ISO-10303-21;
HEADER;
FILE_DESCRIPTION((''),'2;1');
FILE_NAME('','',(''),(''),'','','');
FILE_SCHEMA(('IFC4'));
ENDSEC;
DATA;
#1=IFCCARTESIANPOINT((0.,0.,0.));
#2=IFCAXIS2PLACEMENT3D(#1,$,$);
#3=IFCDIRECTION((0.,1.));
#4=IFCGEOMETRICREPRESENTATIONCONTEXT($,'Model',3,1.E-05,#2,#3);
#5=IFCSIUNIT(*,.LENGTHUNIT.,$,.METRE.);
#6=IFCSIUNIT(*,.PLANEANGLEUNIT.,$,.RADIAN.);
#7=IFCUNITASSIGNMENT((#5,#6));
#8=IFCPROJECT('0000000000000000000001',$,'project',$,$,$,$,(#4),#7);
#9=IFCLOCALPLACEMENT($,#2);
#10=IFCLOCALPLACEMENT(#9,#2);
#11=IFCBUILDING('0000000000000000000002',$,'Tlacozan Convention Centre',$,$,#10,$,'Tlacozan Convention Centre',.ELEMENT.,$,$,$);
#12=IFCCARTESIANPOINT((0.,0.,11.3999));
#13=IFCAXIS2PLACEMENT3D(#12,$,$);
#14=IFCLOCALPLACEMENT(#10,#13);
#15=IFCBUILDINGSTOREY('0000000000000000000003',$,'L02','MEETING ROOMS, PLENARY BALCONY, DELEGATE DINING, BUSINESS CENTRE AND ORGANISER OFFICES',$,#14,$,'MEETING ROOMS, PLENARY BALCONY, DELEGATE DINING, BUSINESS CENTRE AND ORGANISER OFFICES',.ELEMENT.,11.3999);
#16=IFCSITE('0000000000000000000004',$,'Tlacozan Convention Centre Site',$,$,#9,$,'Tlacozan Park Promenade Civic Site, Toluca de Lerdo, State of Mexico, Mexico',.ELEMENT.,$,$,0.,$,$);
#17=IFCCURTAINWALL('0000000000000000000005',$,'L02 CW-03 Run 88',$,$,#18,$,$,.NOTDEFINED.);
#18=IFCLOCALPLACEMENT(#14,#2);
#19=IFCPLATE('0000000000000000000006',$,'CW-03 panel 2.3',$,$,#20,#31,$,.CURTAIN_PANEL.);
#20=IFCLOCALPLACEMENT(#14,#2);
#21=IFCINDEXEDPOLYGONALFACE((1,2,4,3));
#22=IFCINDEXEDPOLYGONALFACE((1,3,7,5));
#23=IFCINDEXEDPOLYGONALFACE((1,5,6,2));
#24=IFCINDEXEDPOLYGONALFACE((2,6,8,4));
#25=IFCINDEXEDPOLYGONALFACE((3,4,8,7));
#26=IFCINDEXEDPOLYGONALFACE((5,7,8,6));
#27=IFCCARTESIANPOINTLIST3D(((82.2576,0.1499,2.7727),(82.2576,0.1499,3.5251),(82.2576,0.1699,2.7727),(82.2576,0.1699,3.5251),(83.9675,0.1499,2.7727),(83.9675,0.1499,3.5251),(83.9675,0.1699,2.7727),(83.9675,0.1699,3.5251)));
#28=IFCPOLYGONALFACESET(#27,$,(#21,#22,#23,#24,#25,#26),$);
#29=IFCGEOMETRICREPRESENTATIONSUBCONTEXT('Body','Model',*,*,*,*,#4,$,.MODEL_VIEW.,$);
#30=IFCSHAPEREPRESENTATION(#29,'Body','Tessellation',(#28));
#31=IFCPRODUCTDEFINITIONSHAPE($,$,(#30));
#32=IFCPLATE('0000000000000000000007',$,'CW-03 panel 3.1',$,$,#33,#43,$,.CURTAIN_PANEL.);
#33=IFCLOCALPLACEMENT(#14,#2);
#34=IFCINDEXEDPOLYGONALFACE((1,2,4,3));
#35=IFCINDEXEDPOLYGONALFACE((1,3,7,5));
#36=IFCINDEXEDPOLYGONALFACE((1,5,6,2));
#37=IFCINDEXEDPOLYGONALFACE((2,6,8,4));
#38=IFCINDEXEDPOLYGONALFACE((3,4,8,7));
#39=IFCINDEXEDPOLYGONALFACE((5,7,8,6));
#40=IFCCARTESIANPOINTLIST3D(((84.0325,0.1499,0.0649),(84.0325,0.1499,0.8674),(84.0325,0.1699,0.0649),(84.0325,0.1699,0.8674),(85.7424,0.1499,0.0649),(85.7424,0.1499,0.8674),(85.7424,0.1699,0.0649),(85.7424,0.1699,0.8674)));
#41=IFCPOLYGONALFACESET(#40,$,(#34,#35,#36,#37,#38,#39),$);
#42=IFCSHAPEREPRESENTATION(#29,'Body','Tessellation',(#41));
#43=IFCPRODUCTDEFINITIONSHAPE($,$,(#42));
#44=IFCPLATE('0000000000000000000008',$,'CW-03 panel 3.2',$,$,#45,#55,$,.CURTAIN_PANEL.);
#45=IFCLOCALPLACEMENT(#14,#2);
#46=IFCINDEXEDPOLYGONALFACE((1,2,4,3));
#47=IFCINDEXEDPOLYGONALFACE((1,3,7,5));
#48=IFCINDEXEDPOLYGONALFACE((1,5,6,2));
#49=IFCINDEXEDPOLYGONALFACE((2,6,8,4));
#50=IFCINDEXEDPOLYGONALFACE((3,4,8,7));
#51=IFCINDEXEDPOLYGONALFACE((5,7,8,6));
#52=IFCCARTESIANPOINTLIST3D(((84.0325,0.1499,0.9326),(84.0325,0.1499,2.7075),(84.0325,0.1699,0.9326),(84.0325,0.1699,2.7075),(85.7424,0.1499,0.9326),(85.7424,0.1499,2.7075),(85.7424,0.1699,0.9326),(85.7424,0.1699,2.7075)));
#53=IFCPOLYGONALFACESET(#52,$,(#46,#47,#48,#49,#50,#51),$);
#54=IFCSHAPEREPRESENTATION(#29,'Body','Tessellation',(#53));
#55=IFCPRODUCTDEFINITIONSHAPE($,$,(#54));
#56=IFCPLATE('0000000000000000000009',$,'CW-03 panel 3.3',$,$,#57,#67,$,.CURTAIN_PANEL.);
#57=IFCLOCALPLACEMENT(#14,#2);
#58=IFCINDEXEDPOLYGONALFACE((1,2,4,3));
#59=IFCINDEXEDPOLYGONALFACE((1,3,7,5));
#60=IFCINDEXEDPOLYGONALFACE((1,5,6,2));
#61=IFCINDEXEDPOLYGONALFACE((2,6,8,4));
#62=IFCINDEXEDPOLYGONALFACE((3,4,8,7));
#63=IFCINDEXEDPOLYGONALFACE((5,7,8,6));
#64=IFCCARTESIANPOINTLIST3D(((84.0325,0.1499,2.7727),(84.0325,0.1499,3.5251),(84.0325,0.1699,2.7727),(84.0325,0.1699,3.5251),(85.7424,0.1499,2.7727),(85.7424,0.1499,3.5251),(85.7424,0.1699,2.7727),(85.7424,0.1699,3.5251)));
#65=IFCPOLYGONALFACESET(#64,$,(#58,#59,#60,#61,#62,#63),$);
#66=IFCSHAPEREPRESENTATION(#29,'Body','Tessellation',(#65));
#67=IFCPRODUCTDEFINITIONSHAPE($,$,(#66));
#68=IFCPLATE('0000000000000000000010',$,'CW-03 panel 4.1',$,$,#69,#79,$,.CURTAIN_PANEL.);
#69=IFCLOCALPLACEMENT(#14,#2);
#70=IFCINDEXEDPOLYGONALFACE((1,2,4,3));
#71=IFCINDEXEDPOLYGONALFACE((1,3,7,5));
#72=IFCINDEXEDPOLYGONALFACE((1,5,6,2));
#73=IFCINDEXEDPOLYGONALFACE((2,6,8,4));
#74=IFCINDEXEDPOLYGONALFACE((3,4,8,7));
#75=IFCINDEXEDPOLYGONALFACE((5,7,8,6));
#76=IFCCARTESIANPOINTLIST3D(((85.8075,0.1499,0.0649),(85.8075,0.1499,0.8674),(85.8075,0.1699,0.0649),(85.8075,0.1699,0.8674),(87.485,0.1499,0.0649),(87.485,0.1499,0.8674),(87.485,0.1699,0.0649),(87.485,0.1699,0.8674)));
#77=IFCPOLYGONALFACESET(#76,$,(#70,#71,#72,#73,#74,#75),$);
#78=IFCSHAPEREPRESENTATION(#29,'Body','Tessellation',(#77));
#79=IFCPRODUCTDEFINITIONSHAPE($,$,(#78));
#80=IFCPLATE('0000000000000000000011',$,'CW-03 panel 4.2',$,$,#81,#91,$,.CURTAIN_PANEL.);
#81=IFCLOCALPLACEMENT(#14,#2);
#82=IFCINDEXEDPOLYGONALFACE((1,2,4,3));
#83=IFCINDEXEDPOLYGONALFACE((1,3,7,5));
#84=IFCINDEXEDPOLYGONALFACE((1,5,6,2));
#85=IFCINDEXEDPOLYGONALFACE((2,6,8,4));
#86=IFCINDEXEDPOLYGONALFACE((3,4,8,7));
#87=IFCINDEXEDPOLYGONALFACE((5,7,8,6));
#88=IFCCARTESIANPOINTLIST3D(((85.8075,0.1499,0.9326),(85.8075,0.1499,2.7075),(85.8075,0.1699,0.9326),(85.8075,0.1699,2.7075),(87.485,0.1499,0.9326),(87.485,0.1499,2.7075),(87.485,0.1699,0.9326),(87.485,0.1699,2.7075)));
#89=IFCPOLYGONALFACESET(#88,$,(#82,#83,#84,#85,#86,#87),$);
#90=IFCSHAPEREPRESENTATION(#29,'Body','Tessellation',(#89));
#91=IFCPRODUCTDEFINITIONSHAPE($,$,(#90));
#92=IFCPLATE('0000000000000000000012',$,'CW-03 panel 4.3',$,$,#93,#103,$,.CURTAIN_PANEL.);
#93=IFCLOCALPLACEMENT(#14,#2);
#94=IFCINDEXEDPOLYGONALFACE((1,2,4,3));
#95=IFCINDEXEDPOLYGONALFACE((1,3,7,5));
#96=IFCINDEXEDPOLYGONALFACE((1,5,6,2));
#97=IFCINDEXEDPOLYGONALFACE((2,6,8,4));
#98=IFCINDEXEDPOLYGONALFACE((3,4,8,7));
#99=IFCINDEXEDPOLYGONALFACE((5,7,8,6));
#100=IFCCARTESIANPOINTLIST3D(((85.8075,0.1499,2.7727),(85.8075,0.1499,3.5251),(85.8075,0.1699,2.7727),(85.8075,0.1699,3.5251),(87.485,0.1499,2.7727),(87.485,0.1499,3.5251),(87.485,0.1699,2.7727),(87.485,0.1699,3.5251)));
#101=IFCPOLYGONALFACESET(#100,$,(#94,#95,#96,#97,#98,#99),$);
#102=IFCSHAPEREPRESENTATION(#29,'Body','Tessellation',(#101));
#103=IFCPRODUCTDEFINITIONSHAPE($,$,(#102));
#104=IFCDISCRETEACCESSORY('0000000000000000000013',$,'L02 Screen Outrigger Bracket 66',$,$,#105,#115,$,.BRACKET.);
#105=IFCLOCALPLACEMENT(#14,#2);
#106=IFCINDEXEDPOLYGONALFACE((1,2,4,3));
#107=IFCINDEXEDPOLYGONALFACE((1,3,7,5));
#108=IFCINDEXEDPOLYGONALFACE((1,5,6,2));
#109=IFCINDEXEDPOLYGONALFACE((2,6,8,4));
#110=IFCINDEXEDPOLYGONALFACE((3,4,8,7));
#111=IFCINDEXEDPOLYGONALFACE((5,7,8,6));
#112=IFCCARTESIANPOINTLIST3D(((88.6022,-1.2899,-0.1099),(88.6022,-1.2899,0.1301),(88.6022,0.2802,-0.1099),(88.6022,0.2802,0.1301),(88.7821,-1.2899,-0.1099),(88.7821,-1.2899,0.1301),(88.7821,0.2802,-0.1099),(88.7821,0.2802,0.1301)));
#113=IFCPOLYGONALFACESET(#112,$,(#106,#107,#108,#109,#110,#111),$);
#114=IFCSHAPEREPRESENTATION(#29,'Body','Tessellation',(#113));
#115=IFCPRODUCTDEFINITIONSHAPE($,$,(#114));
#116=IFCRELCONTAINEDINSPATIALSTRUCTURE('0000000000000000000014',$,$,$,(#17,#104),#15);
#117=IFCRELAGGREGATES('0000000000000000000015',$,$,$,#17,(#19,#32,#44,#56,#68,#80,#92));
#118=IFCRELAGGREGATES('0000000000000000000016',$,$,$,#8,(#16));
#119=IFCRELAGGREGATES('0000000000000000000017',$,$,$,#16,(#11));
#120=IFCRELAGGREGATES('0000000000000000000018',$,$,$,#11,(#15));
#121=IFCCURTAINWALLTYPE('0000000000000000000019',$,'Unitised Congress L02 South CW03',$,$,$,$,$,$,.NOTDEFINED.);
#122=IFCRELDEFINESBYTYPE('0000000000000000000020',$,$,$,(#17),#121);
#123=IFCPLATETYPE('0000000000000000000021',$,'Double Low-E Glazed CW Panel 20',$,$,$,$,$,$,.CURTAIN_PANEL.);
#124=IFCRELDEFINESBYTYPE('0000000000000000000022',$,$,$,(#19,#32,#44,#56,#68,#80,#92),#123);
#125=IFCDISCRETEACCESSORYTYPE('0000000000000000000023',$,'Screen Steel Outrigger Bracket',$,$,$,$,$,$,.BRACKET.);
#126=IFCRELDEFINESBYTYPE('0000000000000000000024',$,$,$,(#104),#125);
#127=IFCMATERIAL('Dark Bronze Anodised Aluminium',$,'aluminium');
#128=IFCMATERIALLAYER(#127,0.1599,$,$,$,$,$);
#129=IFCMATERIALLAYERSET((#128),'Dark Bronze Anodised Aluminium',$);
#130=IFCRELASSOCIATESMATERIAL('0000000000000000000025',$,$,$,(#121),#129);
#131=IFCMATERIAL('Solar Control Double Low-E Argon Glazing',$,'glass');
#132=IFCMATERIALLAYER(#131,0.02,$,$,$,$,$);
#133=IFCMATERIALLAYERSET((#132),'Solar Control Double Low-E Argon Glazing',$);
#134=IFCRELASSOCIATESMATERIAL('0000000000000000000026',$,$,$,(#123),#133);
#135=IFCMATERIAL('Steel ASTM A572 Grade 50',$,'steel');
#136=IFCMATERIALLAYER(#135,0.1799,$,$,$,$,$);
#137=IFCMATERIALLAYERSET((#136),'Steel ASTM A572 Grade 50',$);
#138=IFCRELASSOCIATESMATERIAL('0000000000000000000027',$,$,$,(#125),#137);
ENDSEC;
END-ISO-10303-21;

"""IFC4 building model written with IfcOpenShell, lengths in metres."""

from ifc_helpers import new_model, si_unit, direction, frame, origin, origin_2d, place, context, subcontext, project, spatial, rectangle, extrude, material, layer, layer_set, type_object, element, aggregate, save


model = new_model("IFC4")

# Units and contexts
model_context = context("Model", 3, precision=1e-05, world=origin(), true_north=direction((0.0, 1.0)))
body_context = subcontext(model_context, "Body", "Model", "MODEL_VIEW")
ifc_project = project(units=[si_unit("LENGTHUNIT", "METRE"), si_unit("PLANEANGLEUNIT", "RADIAN")], contexts=[model_context])

# Site, building, storey
site_placement = place(None, origin())
site = spatial("IfcSite", under=ifc_project, at=site_placement, Name="Tlacozan Convention Centre Site", LongName="Tlacozan Park Promenade Civic Site, Toluca de Lerdo, State of Mexico, Mexico", CompositionType="ELEMENT", RefElevation=0.0)
building_placement = place(site_placement, origin())
building = spatial("IfcBuilding", under=site, at=building_placement, Name="Tlacozan Convention Centre", LongName="Tlacozan Convention Centre", CompositionType="ELEMENT")
storey_placement = place(building_placement, frame((0.0, 0.0, 11.3999)))
storey = spatial("IfcBuildingStorey", under=building, at=storey_placement, Name="L02", Description="MEETING ROOMS, PLENARY BALCONY, DELEGATE DINING, BUSINESS CENTRE AND ORGANISER OFFICES", LongName="MEETING ROOMS, PLENARY BALCONY, DELEGATE DINING, BUSINESS CENTRE AND ORGANISER OFFICES", CompositionType="ELEMENT", Elevation=11.3999)

# Curtain wall
ifc_material_1 = material(Name="Dark Bronze Anodised Aluminium", Category="aluminium")
ifc_layer_1 = layer(ifc_material_1, 0.1599)
ifc_layer_set_1 = layer_set([ifc_layer_1], Name="Dark Bronze Anodised Aluminium")
curtain_wall_type = type_object("IfcCurtainWallType", Name="Unitised Congress L02 South CW03", PredefinedType="NOTDEFINED", material=ifc_layer_set_1)
curtain_wall_1_placement = place(storey_placement, origin())
curtain_wall_1 = element("IfcCurtainWall", 1, at=curtain_wall_1_placement, inside=storey, type_object=curtain_wall_type, Name="L02 CW-03 Run 88", PredefinedType="NOTDEFINED")

# Plates
ifc_material_2 = material(Name="Solar Control Double Low-E Argon Glazing", Category="glass")
ifc_layer_2 = layer(ifc_material_2, 0.02)
ifc_layer_set_2 = layer_set([ifc_layer_2], Name="Solar Control Double Low-E Argon Glazing")
plate_type = type_object("IfcPlateType", Name="Double Low-E Glazed CW Panel 20", PredefinedType="CURTAIN_PANEL", material=ifc_layer_set_2)
plate_1_placement = place(storey_placement, frame((83.1125, 0.1599, 2.7727), z_axis=(0.0, 0.0, 1.0), x_axis=(1.0, 0.0, 0.0)))
plate_1 = element("IfcPlate", 2, at=plate_1_placement, type_object=plate_type, Name="CW-03 panel 2.3", PredefinedType="CURTAIN_PANEL", context=body_context, shape_type="SweptSolid", body=[
    extrude(rectangle(XDim=1.71, YDim=0.02, at=origin_2d()), origin(), (0.0, 0.0, 1.0), 0.7524),
])
plate_2_placement = place(storey_placement, frame((84.8875, 0.1599, 0.0649), z_axis=(0.0, 0.0, 1.0), x_axis=(1.0, 0.0, 0.0)))
plate_2 = element("IfcPlate", 3, at=plate_2_placement, type_object=plate_type, Name="CW-03 panel 3.1", PredefinedType="CURTAIN_PANEL", context=body_context, shape_type="SweptSolid", body=[
    extrude(rectangle(XDim=1.71, YDim=0.02, at=origin_2d()), origin(), (0.0, 0.0, 1.0), 0.8025),
])
plate_3_placement = place(storey_placement, frame((84.8875, 0.1599, 0.9326), z_axis=(0.0, 0.0, 1.0), x_axis=(1.0, 0.0, 0.0)))
plate_3 = element("IfcPlate", 4, at=plate_3_placement, type_object=plate_type, Name="CW-03 panel 3.2", PredefinedType="CURTAIN_PANEL", context=body_context, shape_type="SweptSolid", body=[
    extrude(rectangle(XDim=1.71, YDim=0.02, at=origin_2d()), origin(), (0.0, 0.0, 1.0), 1.7749),
])
plate_4_placement = place(storey_placement, frame((84.8875, 0.1599, 2.7727), z_axis=(0.0, 0.0, 1.0), x_axis=(1.0, 0.0, 0.0)))
plate_4 = element("IfcPlate", 5, at=plate_4_placement, type_object=plate_type, Name="CW-03 panel 3.3", PredefinedType="CURTAIN_PANEL", context=body_context, shape_type="SweptSolid", body=[
    extrude(rectangle(XDim=1.71, YDim=0.02, at=origin_2d()), origin(), (0.0, 0.0, 1.0), 0.7524),
])
plate_5_placement = place(storey_placement, frame((86.6462, 0.1599, 0.0649), z_axis=(0.0, 0.0, 1.0), x_axis=(1.0, 0.0, 0.0)))
plate_5 = element("IfcPlate", 6, at=plate_5_placement, type_object=plate_type, Name="CW-03 panel 4.1", PredefinedType="CURTAIN_PANEL", context=body_context, shape_type="SweptSolid", body=[
    extrude(rectangle(XDim=1.6775, YDim=0.02, at=origin_2d()), origin(), (0.0, 0.0, 1.0), 0.8025),
])
plate_6_placement = place(storey_placement, frame((86.6462, 0.1599, 0.9326), z_axis=(0.0, 0.0, 1.0), x_axis=(1.0, 0.0, 0.0)))
plate_6 = element("IfcPlate", 7, at=plate_6_placement, type_object=plate_type, Name="CW-03 panel 4.2", PredefinedType="CURTAIN_PANEL", context=body_context, shape_type="SweptSolid", body=[
    extrude(rectangle(XDim=1.6775, YDim=0.02, at=origin_2d()), origin(), (0.0, 0.0, 1.0), 1.7749),
])
plate_7_placement = place(storey_placement, frame((86.6462, 0.1599, 2.7727), z_axis=(0.0, 0.0, 1.0), x_axis=(1.0, 0.0, 0.0)))
plate_7 = element("IfcPlate", 8, at=plate_7_placement, type_object=plate_type, Name="CW-03 panel 4.3", PredefinedType="CURTAIN_PANEL", context=body_context, shape_type="SweptSolid", body=[
    extrude(rectangle(XDim=1.6775, YDim=0.02, at=origin_2d()), origin(), (0.0, 0.0, 1.0), 0.7524),
])
aggregate(curtain_wall_1, [plate_1, plate_2, plate_3, plate_4, plate_5, plate_6, plate_7])

# Discrete accessory
ifc_material_3 = material(Name="Steel ASTM A572 Grade 50", Category="steel")
ifc_layer_3 = layer(ifc_material_3, 0.1799)
ifc_layer_set_3 = layer_set([ifc_layer_3], Name="Steel ASTM A572 Grade 50")
discrete_accessory_type = type_object("IfcDiscreteAccessoryType", Name="Screen Steel Outrigger Bracket", PredefinedType="BRACKET", material=ifc_layer_set_3)
discrete_accessory_placement = place(storey_placement, frame((88.6921, -0.5049, -0.1099), z_axis=(0.0, 0.0, 1.0), x_axis=(0.0, 1.0, 0.0)))
element("IfcDiscreteAccessory", 9, at=discrete_accessory_placement, inside=storey, type_object=discrete_accessory_type, Name="L02 Screen Outrigger Bracket 66", PredefinedType="BRACKET", context=body_context, shape_type="SweptSolid", body=[
    extrude(rectangle(XDim=1.5701, YDim=0.1799, at=origin_2d()), origin(), (0.0, 0.0, 1.0), 0.24),
])

save(model, "model.ifc")
